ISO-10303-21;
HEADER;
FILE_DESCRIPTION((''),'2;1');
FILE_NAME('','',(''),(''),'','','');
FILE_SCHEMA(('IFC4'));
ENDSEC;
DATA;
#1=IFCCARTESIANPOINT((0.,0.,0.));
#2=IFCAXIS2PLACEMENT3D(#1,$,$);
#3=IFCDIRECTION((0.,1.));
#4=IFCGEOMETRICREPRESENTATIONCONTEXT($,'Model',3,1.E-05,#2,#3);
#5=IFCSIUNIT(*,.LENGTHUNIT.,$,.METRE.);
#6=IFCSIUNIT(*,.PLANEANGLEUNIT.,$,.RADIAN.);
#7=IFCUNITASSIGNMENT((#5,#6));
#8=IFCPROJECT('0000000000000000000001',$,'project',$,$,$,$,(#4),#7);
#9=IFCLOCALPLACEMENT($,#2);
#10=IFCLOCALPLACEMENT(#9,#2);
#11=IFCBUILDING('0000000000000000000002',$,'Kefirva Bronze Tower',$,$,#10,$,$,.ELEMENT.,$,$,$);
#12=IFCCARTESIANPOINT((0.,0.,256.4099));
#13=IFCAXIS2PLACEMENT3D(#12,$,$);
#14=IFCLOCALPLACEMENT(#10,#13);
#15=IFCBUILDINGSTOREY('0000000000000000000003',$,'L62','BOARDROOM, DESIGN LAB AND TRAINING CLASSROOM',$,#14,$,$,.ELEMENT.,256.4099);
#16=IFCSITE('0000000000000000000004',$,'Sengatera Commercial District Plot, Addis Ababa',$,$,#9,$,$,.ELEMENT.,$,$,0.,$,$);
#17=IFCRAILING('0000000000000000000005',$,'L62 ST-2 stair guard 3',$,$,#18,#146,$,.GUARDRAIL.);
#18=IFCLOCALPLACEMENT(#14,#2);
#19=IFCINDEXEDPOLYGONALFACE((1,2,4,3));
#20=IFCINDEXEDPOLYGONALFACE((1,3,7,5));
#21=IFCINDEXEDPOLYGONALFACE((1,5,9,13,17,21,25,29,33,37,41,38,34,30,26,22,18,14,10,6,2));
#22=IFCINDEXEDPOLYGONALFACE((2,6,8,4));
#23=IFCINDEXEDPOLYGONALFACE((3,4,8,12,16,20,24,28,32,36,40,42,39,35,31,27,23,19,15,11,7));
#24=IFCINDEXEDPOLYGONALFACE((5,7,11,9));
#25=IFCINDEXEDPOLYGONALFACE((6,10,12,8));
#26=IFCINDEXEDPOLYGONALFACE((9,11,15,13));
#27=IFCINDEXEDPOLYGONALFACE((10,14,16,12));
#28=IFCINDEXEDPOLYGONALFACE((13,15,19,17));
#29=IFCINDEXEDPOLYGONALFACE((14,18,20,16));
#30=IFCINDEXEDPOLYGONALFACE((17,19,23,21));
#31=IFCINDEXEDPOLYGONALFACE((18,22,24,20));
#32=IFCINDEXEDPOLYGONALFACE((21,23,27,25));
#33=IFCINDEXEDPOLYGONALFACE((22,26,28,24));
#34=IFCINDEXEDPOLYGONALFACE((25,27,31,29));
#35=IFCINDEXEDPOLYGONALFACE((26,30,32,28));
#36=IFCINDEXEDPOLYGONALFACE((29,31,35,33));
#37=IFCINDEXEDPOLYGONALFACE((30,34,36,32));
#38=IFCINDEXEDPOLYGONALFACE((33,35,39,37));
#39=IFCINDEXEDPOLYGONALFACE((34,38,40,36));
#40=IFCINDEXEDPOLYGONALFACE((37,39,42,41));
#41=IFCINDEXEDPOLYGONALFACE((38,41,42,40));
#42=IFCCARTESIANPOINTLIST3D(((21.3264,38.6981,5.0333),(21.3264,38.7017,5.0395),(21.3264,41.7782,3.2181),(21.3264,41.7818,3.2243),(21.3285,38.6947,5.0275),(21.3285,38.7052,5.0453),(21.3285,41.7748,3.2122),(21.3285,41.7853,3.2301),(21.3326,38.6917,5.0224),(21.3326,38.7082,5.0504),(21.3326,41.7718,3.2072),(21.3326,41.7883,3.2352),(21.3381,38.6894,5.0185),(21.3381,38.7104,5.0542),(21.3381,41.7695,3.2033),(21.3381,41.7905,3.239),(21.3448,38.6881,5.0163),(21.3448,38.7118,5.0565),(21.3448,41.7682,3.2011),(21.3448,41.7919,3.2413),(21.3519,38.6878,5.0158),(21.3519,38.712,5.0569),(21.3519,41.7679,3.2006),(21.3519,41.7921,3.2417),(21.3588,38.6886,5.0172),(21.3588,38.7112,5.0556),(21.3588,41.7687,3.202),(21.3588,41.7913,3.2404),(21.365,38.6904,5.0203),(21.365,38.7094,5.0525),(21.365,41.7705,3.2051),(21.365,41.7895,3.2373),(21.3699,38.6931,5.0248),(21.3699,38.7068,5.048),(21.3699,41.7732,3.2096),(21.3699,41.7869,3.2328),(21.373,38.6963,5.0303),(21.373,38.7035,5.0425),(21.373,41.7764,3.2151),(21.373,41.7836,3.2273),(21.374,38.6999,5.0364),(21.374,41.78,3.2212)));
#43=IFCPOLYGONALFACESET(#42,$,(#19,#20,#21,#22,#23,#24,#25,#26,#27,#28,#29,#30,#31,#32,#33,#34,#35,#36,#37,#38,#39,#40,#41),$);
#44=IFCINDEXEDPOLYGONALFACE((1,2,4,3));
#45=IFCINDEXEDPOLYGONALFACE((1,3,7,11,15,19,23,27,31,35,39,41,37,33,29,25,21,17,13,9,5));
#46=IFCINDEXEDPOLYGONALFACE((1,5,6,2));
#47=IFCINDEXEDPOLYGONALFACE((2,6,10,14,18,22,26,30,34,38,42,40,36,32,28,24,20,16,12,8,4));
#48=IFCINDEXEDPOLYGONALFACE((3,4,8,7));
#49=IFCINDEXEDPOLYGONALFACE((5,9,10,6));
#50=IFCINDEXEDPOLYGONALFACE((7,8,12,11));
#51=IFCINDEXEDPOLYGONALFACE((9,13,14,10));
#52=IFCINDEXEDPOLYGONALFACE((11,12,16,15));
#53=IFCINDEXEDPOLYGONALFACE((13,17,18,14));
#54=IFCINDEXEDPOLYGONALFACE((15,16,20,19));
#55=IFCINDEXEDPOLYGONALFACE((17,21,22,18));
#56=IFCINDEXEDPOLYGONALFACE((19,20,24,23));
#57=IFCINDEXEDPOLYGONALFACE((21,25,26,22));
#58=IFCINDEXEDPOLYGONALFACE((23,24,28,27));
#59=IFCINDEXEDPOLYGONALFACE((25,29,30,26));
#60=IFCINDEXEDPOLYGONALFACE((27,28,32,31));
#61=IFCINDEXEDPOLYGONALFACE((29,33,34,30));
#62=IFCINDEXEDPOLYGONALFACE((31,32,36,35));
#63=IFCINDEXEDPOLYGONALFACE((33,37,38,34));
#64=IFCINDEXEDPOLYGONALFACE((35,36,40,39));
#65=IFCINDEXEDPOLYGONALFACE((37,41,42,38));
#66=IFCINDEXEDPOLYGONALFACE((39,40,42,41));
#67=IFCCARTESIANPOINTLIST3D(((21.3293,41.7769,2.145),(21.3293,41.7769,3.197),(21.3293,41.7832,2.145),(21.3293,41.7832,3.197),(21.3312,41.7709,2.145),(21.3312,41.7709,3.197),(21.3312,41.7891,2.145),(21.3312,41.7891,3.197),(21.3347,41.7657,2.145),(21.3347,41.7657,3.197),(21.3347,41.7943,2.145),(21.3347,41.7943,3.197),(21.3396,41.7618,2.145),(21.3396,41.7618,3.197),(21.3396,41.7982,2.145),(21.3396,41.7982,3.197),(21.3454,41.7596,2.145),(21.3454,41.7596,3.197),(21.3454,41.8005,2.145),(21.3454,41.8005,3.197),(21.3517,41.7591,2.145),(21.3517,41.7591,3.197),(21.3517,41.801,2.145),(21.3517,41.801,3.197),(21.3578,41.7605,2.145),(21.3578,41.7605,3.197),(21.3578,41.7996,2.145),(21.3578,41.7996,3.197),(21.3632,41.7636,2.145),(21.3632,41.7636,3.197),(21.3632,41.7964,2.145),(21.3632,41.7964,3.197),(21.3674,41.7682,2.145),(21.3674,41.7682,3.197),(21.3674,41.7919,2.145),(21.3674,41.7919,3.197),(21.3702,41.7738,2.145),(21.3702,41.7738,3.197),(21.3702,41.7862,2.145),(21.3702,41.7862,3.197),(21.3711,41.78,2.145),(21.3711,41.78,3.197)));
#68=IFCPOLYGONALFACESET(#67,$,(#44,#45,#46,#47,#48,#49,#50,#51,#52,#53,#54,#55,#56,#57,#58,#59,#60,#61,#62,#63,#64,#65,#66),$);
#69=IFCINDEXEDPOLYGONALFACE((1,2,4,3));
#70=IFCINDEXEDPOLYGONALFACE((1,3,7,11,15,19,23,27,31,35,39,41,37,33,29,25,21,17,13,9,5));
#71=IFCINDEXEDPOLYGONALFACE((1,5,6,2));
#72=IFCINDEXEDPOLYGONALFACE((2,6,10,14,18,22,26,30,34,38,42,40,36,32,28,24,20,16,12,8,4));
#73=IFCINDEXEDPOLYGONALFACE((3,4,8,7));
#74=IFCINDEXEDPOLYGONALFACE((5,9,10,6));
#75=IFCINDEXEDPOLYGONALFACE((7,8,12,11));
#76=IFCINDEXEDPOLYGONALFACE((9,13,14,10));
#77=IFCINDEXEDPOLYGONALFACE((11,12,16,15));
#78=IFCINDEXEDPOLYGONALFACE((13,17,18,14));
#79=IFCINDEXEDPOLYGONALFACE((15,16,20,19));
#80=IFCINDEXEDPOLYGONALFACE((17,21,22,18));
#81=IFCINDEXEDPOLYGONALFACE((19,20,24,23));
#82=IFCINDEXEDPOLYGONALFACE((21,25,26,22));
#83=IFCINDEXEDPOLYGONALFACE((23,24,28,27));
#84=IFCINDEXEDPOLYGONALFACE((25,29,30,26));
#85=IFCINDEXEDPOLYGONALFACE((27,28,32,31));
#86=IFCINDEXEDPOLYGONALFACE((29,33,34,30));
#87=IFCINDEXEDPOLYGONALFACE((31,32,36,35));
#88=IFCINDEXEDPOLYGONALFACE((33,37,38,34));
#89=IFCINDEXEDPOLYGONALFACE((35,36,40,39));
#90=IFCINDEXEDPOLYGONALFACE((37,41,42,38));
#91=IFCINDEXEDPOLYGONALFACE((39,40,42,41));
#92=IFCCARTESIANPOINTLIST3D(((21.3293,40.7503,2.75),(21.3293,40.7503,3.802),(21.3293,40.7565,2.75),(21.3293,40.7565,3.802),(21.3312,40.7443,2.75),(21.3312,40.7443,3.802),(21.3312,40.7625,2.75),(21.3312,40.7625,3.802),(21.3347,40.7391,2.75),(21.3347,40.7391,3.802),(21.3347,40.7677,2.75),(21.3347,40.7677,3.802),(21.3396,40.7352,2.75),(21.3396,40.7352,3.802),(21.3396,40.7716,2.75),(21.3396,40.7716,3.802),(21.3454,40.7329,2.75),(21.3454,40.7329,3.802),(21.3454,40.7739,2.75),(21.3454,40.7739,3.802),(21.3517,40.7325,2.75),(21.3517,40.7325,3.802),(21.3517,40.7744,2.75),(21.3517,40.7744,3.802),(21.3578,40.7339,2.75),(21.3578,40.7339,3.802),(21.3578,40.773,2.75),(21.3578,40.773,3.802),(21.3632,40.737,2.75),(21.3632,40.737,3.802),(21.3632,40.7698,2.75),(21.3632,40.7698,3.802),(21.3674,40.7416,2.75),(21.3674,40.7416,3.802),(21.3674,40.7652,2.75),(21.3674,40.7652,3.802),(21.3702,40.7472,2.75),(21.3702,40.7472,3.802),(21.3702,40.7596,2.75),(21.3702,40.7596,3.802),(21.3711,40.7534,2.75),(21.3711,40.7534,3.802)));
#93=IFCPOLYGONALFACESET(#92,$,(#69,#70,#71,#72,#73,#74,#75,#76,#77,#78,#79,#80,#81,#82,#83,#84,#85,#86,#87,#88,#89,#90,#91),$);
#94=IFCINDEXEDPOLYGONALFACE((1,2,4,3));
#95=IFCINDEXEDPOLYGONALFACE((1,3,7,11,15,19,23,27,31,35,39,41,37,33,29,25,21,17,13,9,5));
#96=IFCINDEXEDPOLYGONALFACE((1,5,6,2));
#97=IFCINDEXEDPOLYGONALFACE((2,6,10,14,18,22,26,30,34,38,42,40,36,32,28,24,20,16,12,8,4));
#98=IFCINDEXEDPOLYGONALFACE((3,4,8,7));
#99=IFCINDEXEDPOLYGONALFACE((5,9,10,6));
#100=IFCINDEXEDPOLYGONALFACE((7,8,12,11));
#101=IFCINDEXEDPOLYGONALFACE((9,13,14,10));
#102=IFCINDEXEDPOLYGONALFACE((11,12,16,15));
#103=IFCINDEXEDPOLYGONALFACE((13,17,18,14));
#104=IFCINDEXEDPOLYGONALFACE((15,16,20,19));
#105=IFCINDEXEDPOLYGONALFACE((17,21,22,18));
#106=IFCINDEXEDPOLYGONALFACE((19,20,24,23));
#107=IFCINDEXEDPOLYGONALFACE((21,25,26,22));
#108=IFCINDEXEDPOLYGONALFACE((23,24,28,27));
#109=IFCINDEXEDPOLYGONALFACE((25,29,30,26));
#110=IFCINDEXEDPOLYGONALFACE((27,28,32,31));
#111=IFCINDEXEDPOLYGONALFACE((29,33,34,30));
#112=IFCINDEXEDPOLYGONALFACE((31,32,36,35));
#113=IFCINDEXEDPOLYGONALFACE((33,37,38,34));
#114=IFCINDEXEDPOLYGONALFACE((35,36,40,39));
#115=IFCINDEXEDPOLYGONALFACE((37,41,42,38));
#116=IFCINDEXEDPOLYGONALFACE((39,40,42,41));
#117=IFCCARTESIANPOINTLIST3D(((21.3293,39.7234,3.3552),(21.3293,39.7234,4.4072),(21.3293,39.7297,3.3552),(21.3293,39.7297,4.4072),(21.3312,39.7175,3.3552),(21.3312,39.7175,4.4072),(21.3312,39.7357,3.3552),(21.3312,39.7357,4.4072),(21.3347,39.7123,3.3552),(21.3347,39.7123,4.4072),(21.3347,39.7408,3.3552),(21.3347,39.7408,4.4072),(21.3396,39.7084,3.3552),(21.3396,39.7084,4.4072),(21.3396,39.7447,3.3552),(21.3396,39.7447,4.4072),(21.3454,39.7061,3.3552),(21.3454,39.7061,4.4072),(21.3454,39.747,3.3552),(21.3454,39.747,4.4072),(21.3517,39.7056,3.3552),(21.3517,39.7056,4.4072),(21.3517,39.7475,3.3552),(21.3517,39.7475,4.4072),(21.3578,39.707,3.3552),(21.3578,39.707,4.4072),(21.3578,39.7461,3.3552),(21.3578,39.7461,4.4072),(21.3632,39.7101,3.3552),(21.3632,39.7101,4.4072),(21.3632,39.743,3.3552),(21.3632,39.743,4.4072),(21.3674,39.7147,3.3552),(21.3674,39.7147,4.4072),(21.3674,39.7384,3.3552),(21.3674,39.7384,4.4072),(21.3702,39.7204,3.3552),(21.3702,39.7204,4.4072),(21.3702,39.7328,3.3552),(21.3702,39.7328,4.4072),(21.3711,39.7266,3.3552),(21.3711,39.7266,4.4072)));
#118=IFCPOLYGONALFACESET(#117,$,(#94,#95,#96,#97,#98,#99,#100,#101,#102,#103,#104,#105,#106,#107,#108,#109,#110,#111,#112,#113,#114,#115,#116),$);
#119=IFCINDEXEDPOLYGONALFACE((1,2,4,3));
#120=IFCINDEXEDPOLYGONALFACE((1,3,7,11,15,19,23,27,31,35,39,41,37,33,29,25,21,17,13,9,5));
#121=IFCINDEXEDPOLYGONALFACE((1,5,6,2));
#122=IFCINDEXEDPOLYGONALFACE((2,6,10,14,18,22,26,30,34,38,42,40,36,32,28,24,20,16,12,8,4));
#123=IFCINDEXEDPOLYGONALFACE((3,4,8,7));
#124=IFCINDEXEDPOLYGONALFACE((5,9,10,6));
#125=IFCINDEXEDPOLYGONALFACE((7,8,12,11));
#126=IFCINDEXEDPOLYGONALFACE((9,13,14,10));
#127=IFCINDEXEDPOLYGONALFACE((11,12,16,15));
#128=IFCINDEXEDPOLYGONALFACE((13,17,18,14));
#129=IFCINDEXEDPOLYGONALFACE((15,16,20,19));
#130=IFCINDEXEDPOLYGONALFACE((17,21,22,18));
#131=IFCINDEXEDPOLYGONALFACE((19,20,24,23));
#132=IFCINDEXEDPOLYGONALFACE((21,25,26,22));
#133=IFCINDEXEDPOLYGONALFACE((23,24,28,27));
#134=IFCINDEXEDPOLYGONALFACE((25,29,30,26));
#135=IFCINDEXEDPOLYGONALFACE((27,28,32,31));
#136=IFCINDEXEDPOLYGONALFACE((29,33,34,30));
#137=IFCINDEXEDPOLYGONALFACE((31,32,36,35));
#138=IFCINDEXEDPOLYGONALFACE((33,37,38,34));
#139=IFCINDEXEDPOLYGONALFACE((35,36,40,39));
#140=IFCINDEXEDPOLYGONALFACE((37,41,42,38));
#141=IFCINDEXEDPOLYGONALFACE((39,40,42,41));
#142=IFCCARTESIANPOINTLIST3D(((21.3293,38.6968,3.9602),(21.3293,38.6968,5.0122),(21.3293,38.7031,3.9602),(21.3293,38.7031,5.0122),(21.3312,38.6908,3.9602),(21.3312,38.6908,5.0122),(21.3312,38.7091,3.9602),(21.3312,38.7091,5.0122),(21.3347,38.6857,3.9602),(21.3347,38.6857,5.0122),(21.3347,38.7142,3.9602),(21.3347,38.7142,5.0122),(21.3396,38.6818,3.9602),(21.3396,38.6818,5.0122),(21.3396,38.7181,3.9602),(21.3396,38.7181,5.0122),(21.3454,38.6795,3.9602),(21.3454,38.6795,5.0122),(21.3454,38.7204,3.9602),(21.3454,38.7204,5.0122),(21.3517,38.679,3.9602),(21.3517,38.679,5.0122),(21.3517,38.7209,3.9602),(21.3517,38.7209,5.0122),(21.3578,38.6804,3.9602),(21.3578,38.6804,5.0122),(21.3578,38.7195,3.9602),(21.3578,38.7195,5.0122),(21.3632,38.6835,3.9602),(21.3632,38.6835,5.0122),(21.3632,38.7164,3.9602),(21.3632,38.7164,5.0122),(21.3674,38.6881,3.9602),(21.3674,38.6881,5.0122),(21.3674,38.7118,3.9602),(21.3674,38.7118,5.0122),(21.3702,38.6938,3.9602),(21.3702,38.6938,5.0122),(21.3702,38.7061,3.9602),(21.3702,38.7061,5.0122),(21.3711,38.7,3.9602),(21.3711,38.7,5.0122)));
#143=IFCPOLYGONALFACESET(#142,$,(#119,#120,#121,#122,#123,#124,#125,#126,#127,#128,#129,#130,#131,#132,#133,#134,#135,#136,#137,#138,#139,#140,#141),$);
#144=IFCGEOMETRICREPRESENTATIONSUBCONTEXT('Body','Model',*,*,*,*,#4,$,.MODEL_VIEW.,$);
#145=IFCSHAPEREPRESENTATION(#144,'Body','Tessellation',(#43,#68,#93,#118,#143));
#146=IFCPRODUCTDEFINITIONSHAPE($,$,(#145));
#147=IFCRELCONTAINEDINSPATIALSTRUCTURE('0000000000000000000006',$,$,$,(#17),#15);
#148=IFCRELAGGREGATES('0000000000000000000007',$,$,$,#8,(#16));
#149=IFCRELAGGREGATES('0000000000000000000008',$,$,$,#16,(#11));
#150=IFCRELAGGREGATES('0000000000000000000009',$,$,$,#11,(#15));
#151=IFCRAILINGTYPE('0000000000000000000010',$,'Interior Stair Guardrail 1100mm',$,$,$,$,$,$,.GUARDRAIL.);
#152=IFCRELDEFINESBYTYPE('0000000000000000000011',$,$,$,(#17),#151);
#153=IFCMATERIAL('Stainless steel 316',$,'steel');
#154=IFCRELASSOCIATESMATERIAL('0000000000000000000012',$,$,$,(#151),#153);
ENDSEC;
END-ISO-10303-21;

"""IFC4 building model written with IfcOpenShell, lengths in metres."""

from ifc_helpers import new_model, si_unit, direction, frame, origin, origin_2d, place, context, subcontext, project, spatial, circle, extrude, material, type_object, element, save


model = new_model("IFC4")

# Units and contexts
model_context = context("Model", 3, precision=1e-05, world=origin(), true_north=direction((0.0, 1.0)))
body_context = subcontext(model_context, "Body", "Model", "MODEL_VIEW")
ifc_project = project(units=[si_unit("LENGTHUNIT", "METRE"), si_unit("PLANEANGLEUNIT", "RADIAN")], contexts=[model_context])

# Site, building, storey
site_placement = place(None, origin())
site = spatial("IfcSite", under=ifc_project, at=site_placement, Name="Sengatera Commercial District Plot, Addis Ababa", CompositionType="ELEMENT", RefElevation=0.0)
building_placement = place(site_placement, origin())
building = spatial("IfcBuilding", under=site, at=building_placement, Name="Kefirva Bronze Tower", CompositionType="ELEMENT")
storey_placement = place(building_placement, frame((0.0, 0.0, 256.4099)))
storey = spatial("IfcBuildingStorey", under=building, at=storey_placement, Name="L62", Description="BOARDROOM, DESIGN LAB AND TRAINING CLASSROOM", CompositionType="ELEMENT", Elevation=256.4099)

# Railing
ifc_material_1 = material(Name="Stainless steel 316", Category="steel")
railing_type_1 = type_object("IfcRailingType", Name="Interior Stair Guardrail 1100mm", PredefinedType="GUARDRAIL", material=ifc_material_1)
railing_1_placement = place(storey_placement, frame((21.3501, 41.78, 2.145)))
element("IfcRailing", 1, at=railing_1_placement, inside=storey, type_object=railing_type_1, Name="L62 ST-2 stair guard 3", PredefinedType="GUARDRAIL", context=body_context, shape_type="SweptSolid", body=[
    extrude(circle(Radius=0.0239, at=origin_2d()), frame((0.0, 0.0, 1.0762), z_axis=(0.0, -0.861521, 0.507721), x_axis=(1.0, 0.0, 0.0)), (0.0, 0.0, 1.0), 3.5752),
    extrude(circle(Radius=0.021, at=origin_2d()), origin(), (0.0, 0.0, 1.0), 1.052),
    extrude(circle(Radius=0.021, at=origin_2d()), frame((0.0, -1.0266, 0.605)), (0.0, 0.0, 1.0), 1.052),
    extrude(circle(Radius=0.021, at=origin_2d()), frame((0.0, -2.0535, 1.2102)), (0.0, 0.0, 1.0), 1.052),
    extrude(circle(Radius=0.021, at=origin_2d()), frame((0.0, -3.0801, 1.8152)), (0.0, 0.0, 1.0), 1.052),
])

save(model, "model.ifc")
